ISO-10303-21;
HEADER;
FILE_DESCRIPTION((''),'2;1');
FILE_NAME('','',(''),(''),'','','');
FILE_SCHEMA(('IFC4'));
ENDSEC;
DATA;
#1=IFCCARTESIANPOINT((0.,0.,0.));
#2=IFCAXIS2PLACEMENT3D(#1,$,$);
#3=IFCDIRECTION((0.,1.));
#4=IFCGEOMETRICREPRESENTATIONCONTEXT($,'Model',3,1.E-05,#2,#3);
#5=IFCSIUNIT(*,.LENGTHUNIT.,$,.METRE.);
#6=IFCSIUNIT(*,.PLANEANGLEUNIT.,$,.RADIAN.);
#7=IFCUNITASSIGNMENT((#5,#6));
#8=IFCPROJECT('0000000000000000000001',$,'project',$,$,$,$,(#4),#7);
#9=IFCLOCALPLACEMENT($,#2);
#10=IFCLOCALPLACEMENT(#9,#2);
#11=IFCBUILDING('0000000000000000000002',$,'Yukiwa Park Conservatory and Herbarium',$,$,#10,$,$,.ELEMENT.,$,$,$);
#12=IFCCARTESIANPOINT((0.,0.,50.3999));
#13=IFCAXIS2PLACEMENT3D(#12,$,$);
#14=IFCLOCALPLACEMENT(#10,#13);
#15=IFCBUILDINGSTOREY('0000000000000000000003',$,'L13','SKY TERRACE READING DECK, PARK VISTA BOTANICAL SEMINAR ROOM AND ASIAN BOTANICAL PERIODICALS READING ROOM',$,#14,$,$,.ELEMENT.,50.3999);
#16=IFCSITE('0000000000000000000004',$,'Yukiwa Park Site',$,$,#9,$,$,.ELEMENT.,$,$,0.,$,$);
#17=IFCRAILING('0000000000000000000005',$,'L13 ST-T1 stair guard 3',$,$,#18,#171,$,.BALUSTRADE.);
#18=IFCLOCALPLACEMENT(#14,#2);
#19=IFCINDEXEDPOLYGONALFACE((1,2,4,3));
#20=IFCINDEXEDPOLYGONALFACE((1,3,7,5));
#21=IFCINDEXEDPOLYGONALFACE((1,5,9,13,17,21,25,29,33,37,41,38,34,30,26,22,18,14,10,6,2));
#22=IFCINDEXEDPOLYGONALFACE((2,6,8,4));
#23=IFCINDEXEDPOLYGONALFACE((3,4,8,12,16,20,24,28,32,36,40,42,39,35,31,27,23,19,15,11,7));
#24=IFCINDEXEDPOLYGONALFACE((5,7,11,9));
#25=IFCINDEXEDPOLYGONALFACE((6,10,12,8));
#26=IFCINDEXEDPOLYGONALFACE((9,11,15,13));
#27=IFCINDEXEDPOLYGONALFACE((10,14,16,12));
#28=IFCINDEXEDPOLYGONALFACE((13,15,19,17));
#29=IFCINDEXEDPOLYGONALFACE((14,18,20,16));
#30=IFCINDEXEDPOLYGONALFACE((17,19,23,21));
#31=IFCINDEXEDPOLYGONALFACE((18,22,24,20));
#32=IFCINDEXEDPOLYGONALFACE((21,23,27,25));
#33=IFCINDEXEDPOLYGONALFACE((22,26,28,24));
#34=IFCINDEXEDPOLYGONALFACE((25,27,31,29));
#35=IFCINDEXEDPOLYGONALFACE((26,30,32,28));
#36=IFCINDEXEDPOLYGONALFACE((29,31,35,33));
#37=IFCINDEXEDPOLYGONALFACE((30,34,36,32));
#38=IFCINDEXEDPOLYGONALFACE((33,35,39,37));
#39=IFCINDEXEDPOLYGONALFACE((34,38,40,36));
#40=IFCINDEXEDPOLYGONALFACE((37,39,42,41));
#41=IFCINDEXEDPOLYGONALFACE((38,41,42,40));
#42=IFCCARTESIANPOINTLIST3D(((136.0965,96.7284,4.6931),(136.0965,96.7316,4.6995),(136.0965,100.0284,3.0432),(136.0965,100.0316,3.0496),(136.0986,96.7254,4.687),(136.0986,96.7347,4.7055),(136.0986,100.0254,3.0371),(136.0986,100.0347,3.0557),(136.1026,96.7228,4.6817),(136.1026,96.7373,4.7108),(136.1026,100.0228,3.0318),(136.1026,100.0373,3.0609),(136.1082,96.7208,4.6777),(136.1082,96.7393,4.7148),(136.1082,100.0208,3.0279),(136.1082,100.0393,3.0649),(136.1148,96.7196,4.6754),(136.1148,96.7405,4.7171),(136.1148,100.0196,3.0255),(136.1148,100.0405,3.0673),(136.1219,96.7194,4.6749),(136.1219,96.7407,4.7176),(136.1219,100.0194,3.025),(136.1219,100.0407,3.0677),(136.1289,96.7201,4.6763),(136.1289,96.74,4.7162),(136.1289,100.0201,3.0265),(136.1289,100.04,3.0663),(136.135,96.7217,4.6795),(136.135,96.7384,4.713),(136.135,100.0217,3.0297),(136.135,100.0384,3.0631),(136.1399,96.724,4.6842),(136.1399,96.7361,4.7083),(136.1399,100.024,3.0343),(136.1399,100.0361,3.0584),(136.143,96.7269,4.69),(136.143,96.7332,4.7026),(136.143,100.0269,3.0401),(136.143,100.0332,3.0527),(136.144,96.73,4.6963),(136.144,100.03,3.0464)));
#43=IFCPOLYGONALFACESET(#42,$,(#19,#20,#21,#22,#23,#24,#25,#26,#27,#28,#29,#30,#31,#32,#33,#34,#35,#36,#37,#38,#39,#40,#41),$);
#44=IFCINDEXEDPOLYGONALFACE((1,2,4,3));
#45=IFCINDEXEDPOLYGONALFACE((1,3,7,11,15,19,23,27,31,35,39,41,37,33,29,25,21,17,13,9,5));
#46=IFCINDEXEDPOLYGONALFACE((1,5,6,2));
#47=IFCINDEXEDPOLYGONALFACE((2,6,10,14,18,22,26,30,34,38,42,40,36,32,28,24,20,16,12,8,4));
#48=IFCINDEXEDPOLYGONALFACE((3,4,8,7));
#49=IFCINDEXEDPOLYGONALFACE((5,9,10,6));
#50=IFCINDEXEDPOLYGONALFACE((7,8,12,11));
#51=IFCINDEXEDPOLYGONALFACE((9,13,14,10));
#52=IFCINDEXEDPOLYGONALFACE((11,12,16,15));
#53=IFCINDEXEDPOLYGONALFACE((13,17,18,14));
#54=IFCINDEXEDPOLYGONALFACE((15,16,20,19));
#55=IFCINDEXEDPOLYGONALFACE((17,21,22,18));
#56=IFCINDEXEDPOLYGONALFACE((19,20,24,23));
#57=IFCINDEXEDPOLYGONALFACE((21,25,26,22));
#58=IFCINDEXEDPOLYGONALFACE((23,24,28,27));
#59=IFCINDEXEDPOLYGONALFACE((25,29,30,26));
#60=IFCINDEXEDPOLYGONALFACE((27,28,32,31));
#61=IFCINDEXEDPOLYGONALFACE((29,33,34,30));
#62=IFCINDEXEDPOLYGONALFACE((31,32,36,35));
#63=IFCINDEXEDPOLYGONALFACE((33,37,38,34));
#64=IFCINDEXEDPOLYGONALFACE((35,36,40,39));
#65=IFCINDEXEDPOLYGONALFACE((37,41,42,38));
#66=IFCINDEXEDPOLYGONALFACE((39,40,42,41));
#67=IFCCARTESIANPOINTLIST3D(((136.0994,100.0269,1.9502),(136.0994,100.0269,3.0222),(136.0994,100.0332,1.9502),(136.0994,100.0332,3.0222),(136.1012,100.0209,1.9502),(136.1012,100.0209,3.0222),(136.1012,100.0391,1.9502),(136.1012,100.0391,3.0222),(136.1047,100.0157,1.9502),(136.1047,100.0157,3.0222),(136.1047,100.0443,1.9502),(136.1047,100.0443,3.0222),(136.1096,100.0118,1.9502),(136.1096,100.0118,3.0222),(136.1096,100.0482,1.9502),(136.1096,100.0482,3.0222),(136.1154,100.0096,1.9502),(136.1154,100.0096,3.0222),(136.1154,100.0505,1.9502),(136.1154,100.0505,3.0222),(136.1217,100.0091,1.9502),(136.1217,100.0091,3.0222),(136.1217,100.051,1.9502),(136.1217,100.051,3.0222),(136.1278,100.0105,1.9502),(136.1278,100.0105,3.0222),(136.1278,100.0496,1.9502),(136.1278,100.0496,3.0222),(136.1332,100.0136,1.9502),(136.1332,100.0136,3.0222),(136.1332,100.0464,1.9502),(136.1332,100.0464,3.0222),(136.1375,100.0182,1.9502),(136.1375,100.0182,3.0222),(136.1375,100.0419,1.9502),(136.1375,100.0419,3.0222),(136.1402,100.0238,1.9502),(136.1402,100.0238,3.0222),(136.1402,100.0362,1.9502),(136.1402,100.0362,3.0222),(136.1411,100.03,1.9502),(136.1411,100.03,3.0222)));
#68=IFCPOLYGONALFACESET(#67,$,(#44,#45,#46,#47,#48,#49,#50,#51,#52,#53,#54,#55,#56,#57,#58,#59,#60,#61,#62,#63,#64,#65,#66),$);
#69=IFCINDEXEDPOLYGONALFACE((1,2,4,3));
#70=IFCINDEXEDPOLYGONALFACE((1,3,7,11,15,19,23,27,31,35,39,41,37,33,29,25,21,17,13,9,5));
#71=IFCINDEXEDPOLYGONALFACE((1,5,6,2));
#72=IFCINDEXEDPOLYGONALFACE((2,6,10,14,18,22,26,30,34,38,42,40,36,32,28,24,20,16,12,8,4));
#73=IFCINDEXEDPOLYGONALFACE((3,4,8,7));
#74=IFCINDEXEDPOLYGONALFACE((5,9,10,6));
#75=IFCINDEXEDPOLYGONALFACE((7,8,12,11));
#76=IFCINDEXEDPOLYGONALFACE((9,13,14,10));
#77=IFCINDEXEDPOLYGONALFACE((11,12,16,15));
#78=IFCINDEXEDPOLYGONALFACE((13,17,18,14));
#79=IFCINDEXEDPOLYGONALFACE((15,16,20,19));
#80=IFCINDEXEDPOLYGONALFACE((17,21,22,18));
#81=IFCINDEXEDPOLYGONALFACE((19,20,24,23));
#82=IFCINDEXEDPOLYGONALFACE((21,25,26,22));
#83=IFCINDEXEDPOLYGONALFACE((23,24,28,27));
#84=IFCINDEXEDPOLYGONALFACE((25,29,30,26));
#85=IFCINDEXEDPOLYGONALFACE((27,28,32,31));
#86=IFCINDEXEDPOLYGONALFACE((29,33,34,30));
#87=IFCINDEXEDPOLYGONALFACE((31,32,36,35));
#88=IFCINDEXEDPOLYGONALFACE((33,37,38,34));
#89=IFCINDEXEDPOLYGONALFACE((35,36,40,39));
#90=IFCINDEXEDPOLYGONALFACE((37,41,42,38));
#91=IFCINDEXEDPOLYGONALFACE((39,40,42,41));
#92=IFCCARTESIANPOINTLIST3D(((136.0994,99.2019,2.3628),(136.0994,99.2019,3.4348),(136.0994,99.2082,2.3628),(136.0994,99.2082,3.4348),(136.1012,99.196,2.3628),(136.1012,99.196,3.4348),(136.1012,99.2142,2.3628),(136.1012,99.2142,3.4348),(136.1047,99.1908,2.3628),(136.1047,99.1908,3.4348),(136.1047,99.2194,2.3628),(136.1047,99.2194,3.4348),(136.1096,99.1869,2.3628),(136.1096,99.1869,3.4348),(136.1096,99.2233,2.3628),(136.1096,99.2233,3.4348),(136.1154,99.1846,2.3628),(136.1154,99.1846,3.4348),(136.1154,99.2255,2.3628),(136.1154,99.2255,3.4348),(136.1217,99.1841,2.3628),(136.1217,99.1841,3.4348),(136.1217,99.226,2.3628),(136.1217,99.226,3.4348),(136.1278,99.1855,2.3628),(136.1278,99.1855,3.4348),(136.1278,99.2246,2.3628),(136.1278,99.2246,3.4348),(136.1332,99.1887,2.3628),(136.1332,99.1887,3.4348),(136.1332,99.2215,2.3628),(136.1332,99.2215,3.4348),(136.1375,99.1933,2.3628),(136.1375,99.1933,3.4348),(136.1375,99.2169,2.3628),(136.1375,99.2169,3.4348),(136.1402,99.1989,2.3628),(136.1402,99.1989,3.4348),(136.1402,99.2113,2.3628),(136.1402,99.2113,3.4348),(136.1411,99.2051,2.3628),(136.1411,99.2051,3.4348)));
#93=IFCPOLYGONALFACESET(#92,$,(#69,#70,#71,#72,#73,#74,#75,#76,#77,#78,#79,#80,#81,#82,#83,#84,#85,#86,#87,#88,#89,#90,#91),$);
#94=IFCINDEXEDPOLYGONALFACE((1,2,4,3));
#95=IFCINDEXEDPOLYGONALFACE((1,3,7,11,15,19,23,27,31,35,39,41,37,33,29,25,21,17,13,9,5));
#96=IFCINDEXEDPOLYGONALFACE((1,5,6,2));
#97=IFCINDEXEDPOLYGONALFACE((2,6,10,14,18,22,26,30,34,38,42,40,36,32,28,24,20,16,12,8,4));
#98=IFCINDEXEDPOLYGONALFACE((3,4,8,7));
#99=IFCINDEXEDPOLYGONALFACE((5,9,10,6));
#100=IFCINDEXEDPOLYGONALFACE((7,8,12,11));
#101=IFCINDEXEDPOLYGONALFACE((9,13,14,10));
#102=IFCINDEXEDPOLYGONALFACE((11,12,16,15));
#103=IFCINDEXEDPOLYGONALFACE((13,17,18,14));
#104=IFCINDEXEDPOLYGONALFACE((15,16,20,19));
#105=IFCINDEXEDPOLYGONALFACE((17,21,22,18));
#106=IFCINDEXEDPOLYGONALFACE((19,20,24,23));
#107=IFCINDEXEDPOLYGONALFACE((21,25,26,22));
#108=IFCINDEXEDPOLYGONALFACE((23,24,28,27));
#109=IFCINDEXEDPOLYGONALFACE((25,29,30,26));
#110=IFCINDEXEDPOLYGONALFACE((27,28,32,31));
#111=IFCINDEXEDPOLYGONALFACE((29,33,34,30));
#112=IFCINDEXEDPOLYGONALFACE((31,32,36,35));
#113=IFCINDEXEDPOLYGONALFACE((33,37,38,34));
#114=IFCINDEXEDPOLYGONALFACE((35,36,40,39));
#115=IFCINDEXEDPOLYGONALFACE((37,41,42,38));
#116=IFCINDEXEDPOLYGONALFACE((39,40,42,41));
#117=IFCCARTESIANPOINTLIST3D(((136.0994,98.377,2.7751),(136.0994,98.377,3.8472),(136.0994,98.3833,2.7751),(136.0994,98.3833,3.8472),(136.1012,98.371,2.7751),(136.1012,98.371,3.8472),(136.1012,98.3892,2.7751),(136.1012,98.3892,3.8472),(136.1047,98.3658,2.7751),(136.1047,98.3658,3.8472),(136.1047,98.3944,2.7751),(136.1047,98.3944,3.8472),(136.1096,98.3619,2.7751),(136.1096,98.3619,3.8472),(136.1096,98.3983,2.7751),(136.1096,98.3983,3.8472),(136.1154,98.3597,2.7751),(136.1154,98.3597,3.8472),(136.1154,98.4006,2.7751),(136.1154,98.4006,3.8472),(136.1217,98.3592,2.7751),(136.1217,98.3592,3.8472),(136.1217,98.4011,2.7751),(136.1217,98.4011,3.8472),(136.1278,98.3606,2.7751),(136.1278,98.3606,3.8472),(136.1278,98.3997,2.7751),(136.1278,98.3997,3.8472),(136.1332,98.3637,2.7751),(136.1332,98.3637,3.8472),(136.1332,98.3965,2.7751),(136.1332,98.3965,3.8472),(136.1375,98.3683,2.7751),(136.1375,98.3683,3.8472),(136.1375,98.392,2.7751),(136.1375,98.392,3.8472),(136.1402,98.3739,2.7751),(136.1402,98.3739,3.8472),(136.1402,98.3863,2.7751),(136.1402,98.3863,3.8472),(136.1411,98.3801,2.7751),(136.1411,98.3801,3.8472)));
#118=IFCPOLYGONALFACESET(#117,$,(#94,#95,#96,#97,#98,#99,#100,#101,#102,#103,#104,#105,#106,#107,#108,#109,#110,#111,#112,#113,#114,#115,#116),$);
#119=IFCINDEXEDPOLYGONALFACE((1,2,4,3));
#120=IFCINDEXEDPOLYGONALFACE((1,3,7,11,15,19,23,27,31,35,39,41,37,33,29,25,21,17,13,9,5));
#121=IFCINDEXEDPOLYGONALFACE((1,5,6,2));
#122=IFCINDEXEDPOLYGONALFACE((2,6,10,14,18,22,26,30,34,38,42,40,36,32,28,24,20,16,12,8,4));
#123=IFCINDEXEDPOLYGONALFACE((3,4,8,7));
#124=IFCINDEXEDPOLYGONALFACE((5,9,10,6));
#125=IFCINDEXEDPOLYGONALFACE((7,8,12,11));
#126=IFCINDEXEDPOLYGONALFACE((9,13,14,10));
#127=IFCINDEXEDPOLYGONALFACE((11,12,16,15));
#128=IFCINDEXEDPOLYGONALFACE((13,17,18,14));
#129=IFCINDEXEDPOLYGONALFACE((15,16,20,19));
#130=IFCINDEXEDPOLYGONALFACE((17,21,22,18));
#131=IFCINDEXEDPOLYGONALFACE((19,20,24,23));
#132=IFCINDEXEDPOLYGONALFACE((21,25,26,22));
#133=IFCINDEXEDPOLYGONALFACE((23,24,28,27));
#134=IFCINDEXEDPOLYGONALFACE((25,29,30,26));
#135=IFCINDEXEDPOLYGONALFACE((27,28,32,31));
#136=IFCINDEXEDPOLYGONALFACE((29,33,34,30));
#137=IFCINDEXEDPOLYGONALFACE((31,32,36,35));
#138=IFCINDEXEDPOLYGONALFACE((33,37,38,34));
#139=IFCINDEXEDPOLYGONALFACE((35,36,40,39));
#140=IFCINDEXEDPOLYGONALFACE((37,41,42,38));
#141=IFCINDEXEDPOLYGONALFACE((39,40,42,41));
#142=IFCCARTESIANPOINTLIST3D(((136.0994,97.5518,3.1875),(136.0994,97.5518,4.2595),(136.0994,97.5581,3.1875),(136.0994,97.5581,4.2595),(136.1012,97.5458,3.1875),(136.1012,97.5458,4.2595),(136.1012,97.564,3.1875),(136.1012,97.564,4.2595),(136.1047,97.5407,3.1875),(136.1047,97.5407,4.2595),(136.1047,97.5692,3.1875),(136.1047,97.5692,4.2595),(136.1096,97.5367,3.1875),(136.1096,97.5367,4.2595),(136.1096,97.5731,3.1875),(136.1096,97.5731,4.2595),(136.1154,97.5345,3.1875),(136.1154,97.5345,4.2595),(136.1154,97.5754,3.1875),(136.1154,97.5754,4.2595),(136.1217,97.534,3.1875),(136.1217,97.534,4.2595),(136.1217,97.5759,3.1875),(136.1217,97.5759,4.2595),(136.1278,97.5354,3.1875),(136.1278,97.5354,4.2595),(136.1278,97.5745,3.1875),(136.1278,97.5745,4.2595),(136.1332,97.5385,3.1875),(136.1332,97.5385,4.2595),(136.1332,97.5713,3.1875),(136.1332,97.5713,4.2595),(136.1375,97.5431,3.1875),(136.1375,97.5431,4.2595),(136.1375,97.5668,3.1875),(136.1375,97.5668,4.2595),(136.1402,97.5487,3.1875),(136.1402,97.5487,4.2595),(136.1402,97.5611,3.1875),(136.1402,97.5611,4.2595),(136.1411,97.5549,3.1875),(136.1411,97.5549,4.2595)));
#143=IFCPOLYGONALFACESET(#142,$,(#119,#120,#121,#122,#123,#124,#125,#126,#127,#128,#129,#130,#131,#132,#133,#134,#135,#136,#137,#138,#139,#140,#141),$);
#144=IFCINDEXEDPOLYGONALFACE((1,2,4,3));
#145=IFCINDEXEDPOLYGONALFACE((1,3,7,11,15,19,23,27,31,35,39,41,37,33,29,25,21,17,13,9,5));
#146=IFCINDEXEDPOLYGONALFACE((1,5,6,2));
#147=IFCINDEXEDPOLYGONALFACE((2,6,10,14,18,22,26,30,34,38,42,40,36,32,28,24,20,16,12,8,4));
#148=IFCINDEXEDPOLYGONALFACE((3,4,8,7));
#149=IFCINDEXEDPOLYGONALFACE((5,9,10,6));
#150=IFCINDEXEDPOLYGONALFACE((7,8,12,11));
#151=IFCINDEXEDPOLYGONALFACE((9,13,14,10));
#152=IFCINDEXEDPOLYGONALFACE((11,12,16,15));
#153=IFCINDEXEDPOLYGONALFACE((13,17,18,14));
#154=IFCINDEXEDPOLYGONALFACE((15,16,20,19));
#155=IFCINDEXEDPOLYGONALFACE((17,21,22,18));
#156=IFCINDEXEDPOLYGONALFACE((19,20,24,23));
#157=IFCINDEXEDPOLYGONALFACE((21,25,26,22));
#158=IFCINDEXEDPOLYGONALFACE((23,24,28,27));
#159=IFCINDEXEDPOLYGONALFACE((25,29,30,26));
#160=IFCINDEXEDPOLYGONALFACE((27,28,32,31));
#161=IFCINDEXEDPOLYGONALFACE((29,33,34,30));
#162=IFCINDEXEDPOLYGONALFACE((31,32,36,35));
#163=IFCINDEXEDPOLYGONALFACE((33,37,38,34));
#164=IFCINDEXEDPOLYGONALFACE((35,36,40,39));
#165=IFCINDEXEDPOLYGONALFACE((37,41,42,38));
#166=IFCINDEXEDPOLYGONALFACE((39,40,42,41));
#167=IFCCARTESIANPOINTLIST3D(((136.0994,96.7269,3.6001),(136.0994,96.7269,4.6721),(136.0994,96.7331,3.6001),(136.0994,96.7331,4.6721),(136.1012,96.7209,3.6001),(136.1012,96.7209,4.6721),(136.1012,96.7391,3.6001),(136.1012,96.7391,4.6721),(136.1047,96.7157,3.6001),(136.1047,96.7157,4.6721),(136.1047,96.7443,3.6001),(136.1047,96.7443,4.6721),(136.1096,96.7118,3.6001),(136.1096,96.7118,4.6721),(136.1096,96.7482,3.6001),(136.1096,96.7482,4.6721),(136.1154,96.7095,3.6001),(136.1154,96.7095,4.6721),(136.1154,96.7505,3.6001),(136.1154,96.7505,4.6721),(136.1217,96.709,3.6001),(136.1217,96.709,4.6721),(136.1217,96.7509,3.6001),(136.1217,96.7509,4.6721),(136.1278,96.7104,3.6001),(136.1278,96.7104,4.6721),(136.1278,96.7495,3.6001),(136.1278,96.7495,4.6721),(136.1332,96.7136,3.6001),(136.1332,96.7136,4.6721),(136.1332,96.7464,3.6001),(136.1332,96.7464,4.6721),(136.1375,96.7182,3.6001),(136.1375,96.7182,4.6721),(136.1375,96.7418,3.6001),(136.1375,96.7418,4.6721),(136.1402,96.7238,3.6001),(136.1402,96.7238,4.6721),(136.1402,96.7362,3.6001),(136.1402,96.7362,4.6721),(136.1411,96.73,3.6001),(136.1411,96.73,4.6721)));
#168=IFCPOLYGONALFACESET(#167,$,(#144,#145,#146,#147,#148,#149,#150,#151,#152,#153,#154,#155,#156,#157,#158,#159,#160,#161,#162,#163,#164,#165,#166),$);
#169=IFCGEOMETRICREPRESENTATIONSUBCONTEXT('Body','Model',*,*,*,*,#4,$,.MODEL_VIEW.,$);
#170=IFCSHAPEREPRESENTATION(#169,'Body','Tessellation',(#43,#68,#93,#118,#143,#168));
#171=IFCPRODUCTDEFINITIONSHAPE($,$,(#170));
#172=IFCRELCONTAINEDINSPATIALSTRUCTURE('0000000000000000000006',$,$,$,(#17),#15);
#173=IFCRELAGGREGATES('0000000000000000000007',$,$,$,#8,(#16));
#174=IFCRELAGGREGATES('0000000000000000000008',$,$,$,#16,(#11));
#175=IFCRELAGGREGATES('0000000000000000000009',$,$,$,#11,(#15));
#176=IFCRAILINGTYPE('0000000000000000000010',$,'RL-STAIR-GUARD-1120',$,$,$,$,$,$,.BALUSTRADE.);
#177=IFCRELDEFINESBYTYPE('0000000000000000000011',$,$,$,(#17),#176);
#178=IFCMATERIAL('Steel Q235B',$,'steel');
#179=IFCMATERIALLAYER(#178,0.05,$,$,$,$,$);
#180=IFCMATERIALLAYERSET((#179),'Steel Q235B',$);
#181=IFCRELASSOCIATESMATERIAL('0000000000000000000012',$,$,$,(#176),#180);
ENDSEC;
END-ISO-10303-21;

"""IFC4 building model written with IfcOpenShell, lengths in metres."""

from ifc_helpers import new_model, si_unit, direction, frame, origin, origin_2d, place, context, subcontext, project, spatial, circle, extrude, material, layer, layer_set, type_object, element, save


model = new_model("IFC4")

# Units and contexts
model_context = context("Model", 3, precision=1e-05, world=origin(), true_north=direction((0.0, 1.0)))
body_context = subcontext(model_context, "Body", "Model", "MODEL_VIEW")
ifc_project = project(units=[si_unit("LENGTHUNIT", "METRE"), si_unit("PLANEANGLEUNIT", "RADIAN")], contexts=[model_context])

# Site, building, storey
site_placement = place(None, origin())
site = spatial("IfcSite", under=ifc_project, at=site_placement, Name="Yukiwa Park Site", CompositionType="ELEMENT", RefElevation=0.0)
building_placement = place(site_placement, origin())
building = spatial("IfcBuilding", under=site, at=building_placement, Name="Yukiwa Park Conservatory and Herbarium", CompositionType="ELEMENT")
storey_placement = place(building_placement, frame((0.0, 0.0, 50.3999)))
storey = spatial("IfcBuildingStorey", under=building, at=storey_placement, Name="L13", Description="SKY TERRACE READING DECK, PARK VISTA BOTANICAL SEMINAR ROOM AND ASIAN BOTANICAL PERIODICALS READING ROOM", CompositionType="ELEMENT", Elevation=50.3999)

# Railing
ifc_material_1 = material(Name="Steel Q235B", Category="steel")
ifc_layer_1 = layer(ifc_material_1, 0.05)
ifc_layer_set_1 = layer_set([ifc_layer_1], Name="Steel Q235B")
railing_type_1 = type_object("IfcRailingType", Name="RL-STAIR-GUARD-1120", PredefinedType="BALUSTRADE", material=ifc_layer_set_1)
railing_1_placement = place(storey_placement, frame((136.1201, 100.03, 1.9502)))
element("IfcRailing", 1, at=railing_1_placement, inside=storey, type_object=railing_type_1, Name="L13 ST-T1 stair guard 3", PredefinedType="BALUSTRADE", context=body_context, shape_type="SweptSolid", body=[
    extrude(circle(Radius=0.0239, at=origin_2d()), frame((0.0, 0.0, 1.0962), z_axis=(0.0, -0.89444, 0.447187), x_axis=(1.0, 0.0, 0.0)), (0.0, 0.0, 1.0), 3.6895),
    extrude(circle(Radius=0.021, at=origin_2d()), origin(), (0.0, 0.0, 1.0), 1.072),
    extrude(circle(Radius=0.021, at=origin_2d()), frame((0.0, -0.825, 0.4126)), (0.0, 0.0, 1.0), 1.072),
    extrude(circle(Radius=0.021, at=origin_2d()), frame((0.0, -1.6499, 0.825)), (0.0, 0.0, 1.0), 1.072),
    extrude(circle(Radius=0.021, at=origin_2d()), frame((0.0, -2.4751, 1.2373)), (0.0, 0.0, 1.0), 1.072),
    extrude(circle(Radius=0.021, at=origin_2d()), frame((0.0, -3.3, 1.6499)), (0.0, 0.0, 1.0), 1.072),
])

save(model, "model.ifc")
